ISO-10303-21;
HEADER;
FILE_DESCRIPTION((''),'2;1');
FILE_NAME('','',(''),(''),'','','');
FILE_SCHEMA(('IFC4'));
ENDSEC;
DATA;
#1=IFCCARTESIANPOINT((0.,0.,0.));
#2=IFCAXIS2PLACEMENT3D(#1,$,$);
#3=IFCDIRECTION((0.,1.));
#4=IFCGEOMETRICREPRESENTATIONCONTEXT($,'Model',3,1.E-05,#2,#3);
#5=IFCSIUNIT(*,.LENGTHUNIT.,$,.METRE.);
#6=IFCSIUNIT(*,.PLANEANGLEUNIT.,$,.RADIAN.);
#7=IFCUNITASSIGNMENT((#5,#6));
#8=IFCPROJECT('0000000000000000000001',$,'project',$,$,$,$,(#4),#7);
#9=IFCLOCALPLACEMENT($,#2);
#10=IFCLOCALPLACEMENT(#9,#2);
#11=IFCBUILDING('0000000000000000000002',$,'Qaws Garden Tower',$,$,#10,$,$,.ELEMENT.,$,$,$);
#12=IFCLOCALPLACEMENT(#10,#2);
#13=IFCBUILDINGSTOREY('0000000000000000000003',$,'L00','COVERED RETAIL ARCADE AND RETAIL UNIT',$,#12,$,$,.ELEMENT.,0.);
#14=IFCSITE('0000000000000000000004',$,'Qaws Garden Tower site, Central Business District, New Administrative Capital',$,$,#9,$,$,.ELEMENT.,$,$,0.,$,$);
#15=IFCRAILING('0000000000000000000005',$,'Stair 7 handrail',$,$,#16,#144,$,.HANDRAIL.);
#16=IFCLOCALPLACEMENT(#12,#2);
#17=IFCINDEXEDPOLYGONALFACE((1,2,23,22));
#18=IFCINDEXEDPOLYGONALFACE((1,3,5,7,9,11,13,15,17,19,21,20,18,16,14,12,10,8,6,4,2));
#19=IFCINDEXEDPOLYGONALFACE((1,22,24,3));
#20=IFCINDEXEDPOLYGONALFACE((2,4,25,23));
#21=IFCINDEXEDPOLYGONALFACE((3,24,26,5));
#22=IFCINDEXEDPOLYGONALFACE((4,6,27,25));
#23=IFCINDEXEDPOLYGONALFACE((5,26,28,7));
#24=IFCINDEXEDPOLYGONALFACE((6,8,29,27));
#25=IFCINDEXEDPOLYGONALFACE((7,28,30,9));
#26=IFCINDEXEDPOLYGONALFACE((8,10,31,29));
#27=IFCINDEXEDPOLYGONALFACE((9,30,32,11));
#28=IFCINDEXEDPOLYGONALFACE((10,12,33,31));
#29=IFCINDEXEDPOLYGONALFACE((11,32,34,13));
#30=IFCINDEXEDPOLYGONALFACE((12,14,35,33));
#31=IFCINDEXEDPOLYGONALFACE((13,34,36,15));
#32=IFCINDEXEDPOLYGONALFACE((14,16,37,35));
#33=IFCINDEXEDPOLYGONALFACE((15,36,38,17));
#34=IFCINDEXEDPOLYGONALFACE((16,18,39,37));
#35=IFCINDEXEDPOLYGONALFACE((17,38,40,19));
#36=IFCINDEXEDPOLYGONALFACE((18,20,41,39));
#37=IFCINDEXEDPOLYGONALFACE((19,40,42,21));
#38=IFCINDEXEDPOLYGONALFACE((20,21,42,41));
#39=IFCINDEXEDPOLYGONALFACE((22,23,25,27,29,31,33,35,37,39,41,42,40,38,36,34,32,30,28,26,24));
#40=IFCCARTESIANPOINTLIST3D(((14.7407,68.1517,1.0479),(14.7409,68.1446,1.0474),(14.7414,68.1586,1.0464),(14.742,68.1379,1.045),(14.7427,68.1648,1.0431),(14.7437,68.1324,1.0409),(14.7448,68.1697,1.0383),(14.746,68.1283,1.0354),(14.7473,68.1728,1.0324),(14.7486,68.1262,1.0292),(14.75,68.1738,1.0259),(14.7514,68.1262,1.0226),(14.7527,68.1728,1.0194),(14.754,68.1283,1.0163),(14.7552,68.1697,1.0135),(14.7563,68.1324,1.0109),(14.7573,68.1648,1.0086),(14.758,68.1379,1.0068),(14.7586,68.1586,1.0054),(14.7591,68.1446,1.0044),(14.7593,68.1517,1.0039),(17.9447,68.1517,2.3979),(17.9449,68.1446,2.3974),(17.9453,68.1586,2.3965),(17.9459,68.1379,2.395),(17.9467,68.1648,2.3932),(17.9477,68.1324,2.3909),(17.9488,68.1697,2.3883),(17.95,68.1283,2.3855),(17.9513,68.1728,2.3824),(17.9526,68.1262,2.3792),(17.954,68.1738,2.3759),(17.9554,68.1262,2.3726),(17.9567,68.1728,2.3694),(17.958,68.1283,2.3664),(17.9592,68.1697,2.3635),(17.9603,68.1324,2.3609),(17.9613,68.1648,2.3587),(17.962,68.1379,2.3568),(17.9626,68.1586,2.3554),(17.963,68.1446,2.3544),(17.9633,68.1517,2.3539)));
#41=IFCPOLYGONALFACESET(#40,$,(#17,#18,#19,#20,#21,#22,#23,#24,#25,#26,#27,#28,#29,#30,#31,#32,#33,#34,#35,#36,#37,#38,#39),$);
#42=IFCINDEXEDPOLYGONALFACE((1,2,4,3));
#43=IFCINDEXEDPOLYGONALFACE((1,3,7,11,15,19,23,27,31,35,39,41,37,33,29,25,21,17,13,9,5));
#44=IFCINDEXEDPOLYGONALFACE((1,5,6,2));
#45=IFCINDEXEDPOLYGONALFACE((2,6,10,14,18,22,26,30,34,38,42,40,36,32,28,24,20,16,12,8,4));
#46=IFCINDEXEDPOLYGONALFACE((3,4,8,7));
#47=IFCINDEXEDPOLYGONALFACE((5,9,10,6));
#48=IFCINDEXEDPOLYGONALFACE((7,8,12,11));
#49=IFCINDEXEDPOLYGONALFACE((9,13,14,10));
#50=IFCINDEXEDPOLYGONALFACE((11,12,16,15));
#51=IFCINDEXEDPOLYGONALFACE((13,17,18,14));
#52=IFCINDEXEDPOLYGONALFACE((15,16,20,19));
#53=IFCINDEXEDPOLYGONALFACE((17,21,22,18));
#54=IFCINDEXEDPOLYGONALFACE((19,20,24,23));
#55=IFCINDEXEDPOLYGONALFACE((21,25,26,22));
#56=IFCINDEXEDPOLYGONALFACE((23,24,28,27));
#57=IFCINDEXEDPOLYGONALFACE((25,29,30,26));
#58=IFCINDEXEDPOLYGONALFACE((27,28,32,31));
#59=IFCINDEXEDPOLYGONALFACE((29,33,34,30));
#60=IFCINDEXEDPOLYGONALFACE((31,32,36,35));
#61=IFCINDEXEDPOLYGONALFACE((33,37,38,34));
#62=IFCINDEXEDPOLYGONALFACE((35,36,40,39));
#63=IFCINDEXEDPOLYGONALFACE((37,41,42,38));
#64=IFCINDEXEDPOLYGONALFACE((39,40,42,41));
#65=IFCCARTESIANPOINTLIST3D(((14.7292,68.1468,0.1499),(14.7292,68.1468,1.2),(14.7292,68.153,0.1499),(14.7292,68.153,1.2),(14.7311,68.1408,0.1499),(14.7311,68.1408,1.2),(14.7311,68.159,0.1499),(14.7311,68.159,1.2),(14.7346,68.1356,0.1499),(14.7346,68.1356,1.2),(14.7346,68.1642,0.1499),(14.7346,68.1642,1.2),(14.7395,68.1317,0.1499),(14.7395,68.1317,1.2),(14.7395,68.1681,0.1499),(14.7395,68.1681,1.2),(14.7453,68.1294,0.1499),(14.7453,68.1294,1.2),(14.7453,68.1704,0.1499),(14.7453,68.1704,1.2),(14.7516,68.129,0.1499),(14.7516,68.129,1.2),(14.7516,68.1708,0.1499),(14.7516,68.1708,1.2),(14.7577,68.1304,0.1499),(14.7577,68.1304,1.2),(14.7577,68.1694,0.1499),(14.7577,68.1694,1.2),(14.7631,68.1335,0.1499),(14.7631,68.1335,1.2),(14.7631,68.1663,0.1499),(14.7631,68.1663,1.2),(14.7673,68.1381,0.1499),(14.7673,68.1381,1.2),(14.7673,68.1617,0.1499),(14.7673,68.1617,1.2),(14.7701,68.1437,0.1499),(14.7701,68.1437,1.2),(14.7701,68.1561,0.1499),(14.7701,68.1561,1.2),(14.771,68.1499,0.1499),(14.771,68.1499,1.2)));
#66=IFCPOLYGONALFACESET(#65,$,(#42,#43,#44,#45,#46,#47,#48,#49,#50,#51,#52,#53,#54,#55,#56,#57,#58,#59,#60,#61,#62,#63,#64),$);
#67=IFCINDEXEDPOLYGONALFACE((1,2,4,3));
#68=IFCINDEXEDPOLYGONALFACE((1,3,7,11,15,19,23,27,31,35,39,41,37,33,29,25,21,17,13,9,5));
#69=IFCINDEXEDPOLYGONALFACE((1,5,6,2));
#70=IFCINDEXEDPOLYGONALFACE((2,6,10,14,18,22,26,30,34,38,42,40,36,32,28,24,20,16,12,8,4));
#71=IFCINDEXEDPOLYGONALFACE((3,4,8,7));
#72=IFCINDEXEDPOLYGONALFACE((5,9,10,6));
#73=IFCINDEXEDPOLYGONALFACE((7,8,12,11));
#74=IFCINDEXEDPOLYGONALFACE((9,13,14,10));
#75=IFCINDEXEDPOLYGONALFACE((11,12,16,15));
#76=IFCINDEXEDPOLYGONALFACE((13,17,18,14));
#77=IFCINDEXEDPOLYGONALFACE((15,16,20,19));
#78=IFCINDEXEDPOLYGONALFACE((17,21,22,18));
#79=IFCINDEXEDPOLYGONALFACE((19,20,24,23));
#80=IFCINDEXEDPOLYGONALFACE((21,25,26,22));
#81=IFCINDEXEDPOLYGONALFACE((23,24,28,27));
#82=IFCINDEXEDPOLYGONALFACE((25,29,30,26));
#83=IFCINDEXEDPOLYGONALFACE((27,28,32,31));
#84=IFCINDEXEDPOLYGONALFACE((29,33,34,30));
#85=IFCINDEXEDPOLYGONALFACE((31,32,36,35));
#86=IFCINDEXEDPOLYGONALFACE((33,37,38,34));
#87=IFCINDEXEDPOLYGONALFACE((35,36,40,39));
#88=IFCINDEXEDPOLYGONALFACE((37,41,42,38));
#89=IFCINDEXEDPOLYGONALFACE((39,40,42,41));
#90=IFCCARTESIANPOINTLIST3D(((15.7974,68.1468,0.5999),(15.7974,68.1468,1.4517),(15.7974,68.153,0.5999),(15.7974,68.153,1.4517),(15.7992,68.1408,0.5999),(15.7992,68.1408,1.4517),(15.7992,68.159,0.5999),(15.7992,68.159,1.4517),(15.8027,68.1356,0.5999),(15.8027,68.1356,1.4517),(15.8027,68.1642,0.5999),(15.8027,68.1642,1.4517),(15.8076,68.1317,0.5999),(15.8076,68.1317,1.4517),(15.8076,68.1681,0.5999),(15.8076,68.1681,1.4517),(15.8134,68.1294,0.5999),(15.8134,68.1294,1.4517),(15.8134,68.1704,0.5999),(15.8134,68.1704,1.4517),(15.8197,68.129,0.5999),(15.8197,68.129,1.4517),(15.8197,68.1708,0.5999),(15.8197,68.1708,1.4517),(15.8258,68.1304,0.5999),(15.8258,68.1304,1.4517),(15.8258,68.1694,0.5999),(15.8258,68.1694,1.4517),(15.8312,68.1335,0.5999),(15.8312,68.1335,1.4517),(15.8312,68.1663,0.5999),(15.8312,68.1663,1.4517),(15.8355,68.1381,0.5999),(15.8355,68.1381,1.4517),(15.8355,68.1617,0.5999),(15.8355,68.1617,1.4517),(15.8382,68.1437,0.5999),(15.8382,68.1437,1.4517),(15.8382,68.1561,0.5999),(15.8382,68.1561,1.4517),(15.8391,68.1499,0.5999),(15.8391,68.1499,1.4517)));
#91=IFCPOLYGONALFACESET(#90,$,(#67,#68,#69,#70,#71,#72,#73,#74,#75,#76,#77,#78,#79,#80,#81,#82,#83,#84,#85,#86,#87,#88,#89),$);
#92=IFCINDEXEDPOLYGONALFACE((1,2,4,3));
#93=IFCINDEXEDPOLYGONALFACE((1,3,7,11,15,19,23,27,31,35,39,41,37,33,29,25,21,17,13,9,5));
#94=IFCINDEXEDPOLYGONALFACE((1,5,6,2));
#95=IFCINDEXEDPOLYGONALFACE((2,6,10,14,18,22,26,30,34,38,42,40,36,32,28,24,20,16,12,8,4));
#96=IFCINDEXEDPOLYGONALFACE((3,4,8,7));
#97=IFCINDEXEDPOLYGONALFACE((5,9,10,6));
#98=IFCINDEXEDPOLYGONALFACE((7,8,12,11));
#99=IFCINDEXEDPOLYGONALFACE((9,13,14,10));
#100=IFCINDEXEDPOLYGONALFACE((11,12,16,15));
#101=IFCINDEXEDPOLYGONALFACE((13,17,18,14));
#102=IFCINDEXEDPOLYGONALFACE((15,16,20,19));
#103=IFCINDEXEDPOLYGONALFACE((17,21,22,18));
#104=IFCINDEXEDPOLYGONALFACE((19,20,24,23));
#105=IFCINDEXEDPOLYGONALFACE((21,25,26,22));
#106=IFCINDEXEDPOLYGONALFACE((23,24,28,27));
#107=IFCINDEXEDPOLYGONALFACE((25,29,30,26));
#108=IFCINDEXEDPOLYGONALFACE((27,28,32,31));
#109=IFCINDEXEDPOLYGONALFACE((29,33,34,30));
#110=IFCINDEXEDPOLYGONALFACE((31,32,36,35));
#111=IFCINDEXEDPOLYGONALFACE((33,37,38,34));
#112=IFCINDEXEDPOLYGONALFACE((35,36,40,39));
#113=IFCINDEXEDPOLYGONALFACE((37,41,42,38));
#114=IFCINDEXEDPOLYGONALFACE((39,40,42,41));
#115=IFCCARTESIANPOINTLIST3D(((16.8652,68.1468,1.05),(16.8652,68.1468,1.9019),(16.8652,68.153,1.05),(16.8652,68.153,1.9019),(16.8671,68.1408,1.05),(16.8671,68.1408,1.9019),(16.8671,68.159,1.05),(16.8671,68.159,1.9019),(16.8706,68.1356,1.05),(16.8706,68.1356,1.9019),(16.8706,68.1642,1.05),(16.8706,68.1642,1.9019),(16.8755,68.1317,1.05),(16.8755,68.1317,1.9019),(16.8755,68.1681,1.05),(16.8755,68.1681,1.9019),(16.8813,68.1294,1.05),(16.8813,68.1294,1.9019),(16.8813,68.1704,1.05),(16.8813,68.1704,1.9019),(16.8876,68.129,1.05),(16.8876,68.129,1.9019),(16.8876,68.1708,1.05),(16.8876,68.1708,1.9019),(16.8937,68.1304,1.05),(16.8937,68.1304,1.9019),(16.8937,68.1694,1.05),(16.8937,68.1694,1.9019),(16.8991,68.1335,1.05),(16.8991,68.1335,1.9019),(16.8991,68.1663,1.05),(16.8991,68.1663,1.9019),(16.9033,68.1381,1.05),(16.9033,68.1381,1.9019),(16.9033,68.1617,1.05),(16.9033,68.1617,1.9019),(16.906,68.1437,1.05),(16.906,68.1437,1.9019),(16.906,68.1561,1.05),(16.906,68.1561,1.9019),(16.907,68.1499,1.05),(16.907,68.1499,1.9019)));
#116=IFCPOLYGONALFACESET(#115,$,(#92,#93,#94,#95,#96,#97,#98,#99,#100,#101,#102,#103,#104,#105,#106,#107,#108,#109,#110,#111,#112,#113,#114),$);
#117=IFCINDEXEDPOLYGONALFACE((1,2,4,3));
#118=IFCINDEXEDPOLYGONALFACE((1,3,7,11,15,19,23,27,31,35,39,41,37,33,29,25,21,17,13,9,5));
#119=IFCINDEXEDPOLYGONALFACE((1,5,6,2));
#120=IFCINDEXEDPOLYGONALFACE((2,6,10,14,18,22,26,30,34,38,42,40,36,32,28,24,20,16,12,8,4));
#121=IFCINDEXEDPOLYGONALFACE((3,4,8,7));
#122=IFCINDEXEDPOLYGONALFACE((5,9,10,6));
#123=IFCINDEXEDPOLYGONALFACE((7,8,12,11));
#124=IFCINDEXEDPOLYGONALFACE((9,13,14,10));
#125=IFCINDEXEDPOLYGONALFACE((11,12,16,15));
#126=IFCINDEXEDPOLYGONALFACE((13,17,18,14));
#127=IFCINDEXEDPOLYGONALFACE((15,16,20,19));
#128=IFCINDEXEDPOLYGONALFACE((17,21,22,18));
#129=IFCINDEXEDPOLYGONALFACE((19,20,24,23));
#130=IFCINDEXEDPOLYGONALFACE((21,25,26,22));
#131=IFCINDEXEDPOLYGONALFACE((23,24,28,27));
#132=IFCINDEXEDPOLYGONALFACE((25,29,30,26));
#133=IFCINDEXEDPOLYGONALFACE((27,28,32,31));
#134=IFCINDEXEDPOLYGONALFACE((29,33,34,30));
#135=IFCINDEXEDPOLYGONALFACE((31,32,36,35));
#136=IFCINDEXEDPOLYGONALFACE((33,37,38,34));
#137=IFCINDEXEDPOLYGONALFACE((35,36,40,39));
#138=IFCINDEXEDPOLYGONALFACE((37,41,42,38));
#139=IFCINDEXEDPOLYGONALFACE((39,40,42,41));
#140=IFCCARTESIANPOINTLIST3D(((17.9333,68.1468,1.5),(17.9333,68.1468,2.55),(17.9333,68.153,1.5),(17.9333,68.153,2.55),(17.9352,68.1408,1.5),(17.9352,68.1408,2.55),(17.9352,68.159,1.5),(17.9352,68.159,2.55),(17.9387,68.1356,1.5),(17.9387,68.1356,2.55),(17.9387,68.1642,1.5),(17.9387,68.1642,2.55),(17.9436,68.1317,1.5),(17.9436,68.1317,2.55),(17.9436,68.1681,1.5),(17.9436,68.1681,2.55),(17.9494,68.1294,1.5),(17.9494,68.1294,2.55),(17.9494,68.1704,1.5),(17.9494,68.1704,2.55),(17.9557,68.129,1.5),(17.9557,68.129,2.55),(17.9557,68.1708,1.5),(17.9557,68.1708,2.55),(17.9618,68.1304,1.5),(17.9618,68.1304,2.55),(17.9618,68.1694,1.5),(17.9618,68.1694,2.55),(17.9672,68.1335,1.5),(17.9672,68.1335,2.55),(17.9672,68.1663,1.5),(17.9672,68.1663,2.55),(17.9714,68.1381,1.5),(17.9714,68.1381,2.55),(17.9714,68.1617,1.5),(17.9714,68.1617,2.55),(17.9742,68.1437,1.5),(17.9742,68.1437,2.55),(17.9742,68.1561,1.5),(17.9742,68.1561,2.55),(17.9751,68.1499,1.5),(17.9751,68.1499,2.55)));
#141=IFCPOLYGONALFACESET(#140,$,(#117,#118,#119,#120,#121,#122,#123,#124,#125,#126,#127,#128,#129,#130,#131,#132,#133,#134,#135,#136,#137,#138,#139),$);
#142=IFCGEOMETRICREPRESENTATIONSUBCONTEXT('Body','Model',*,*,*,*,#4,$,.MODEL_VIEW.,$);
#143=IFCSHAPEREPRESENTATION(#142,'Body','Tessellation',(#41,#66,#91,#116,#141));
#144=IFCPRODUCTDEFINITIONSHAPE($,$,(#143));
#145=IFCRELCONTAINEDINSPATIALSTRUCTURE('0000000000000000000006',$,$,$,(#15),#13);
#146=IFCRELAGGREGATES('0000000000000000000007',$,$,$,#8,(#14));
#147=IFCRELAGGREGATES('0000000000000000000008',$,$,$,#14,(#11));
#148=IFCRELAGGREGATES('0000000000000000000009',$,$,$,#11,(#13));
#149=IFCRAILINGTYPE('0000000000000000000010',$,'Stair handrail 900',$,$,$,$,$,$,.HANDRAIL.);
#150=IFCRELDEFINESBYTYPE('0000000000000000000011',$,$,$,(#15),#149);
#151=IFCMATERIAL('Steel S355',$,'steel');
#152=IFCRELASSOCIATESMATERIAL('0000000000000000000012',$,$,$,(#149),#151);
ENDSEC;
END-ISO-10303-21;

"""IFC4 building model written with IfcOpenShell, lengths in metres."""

from ifc_helpers import new_model, si_unit, direction, frame, origin, origin_2d, place, context, subcontext, project, spatial, circle, extrude, material, type_object, element, save


model = new_model("IFC4")

# Units and contexts
model_context = context("Model", 3, precision=1e-05, world=origin(), true_north=direction((0.0, 1.0)))
body_context = subcontext(model_context, "Body", "Model", "MODEL_VIEW")
ifc_project = project(units=[si_unit("LENGTHUNIT", "METRE"), si_unit("PLANEANGLEUNIT", "RADIAN")], contexts=[model_context])

# Site, building, storey
site_placement = place(None, origin())
site = spatial("IfcSite", under=ifc_project, at=site_placement, Name="Qaws Garden Tower site, Central Business District, New Administrative Capital", CompositionType="ELEMENT", RefElevation=0.0)
building_placement = place(site_placement, origin())
building = spatial("IfcBuilding", under=site, at=building_placement, Name="Qaws Garden Tower", CompositionType="ELEMENT")
storey_placement = place(building_placement, origin())
storey = spatial("IfcBuildingStorey", under=building, at=storey_placement, Name="L00", Description="COVERED RETAIL ARCADE AND RETAIL UNIT", CompositionType="ELEMENT", Elevation=0.0)

# Railing
ifc_material_1 = material(Name="Steel S355", Category="steel")
railing_type = type_object("IfcRailingType", Name="Stair handrail 900", PredefinedType="HANDRAIL", material=ifc_material_1)
railing_1_placement = place(storey_placement, frame((14.75, 68.1499, 0.1499)))
element("IfcRailing", 1, at=railing_1_placement, inside=storey, type_object=railing_type, Name="Stair 7 handrail", PredefinedType="HANDRAIL", context=body_context, shape_type="SweptSolid", body=[
    extrude(circle(Radius=0.0239, at=origin_2d()), frame((0.0, 0.0, 0.876), z_axis=(0.921532, 0.0, 0.388302), x_axis=(0.0, 1.0, 0.0)), (0.0, 0.0, 1.0), 3.4768),
    extrude(circle(Radius=0.021, at=origin_2d()), origin(), (0.0, 0.0, 1.0), 1.05),
    extrude(circle(Radius=0.021, at=origin_2d()), frame((1.0681, 0.0, 0.45)), (0.0, 0.0, 1.0), 0.8518),
    extrude(circle(Radius=0.021, at=origin_2d()), frame((2.136, 0.0, 0.9001)), (0.0, 0.0, 1.0), 0.8518),
    extrude(circle(Radius=0.021, at=origin_2d()), frame((3.2041, 0.0, 1.3501)), (0.0, 0.0, 1.0), 1.05),
])

save(model, "model.ifc")
